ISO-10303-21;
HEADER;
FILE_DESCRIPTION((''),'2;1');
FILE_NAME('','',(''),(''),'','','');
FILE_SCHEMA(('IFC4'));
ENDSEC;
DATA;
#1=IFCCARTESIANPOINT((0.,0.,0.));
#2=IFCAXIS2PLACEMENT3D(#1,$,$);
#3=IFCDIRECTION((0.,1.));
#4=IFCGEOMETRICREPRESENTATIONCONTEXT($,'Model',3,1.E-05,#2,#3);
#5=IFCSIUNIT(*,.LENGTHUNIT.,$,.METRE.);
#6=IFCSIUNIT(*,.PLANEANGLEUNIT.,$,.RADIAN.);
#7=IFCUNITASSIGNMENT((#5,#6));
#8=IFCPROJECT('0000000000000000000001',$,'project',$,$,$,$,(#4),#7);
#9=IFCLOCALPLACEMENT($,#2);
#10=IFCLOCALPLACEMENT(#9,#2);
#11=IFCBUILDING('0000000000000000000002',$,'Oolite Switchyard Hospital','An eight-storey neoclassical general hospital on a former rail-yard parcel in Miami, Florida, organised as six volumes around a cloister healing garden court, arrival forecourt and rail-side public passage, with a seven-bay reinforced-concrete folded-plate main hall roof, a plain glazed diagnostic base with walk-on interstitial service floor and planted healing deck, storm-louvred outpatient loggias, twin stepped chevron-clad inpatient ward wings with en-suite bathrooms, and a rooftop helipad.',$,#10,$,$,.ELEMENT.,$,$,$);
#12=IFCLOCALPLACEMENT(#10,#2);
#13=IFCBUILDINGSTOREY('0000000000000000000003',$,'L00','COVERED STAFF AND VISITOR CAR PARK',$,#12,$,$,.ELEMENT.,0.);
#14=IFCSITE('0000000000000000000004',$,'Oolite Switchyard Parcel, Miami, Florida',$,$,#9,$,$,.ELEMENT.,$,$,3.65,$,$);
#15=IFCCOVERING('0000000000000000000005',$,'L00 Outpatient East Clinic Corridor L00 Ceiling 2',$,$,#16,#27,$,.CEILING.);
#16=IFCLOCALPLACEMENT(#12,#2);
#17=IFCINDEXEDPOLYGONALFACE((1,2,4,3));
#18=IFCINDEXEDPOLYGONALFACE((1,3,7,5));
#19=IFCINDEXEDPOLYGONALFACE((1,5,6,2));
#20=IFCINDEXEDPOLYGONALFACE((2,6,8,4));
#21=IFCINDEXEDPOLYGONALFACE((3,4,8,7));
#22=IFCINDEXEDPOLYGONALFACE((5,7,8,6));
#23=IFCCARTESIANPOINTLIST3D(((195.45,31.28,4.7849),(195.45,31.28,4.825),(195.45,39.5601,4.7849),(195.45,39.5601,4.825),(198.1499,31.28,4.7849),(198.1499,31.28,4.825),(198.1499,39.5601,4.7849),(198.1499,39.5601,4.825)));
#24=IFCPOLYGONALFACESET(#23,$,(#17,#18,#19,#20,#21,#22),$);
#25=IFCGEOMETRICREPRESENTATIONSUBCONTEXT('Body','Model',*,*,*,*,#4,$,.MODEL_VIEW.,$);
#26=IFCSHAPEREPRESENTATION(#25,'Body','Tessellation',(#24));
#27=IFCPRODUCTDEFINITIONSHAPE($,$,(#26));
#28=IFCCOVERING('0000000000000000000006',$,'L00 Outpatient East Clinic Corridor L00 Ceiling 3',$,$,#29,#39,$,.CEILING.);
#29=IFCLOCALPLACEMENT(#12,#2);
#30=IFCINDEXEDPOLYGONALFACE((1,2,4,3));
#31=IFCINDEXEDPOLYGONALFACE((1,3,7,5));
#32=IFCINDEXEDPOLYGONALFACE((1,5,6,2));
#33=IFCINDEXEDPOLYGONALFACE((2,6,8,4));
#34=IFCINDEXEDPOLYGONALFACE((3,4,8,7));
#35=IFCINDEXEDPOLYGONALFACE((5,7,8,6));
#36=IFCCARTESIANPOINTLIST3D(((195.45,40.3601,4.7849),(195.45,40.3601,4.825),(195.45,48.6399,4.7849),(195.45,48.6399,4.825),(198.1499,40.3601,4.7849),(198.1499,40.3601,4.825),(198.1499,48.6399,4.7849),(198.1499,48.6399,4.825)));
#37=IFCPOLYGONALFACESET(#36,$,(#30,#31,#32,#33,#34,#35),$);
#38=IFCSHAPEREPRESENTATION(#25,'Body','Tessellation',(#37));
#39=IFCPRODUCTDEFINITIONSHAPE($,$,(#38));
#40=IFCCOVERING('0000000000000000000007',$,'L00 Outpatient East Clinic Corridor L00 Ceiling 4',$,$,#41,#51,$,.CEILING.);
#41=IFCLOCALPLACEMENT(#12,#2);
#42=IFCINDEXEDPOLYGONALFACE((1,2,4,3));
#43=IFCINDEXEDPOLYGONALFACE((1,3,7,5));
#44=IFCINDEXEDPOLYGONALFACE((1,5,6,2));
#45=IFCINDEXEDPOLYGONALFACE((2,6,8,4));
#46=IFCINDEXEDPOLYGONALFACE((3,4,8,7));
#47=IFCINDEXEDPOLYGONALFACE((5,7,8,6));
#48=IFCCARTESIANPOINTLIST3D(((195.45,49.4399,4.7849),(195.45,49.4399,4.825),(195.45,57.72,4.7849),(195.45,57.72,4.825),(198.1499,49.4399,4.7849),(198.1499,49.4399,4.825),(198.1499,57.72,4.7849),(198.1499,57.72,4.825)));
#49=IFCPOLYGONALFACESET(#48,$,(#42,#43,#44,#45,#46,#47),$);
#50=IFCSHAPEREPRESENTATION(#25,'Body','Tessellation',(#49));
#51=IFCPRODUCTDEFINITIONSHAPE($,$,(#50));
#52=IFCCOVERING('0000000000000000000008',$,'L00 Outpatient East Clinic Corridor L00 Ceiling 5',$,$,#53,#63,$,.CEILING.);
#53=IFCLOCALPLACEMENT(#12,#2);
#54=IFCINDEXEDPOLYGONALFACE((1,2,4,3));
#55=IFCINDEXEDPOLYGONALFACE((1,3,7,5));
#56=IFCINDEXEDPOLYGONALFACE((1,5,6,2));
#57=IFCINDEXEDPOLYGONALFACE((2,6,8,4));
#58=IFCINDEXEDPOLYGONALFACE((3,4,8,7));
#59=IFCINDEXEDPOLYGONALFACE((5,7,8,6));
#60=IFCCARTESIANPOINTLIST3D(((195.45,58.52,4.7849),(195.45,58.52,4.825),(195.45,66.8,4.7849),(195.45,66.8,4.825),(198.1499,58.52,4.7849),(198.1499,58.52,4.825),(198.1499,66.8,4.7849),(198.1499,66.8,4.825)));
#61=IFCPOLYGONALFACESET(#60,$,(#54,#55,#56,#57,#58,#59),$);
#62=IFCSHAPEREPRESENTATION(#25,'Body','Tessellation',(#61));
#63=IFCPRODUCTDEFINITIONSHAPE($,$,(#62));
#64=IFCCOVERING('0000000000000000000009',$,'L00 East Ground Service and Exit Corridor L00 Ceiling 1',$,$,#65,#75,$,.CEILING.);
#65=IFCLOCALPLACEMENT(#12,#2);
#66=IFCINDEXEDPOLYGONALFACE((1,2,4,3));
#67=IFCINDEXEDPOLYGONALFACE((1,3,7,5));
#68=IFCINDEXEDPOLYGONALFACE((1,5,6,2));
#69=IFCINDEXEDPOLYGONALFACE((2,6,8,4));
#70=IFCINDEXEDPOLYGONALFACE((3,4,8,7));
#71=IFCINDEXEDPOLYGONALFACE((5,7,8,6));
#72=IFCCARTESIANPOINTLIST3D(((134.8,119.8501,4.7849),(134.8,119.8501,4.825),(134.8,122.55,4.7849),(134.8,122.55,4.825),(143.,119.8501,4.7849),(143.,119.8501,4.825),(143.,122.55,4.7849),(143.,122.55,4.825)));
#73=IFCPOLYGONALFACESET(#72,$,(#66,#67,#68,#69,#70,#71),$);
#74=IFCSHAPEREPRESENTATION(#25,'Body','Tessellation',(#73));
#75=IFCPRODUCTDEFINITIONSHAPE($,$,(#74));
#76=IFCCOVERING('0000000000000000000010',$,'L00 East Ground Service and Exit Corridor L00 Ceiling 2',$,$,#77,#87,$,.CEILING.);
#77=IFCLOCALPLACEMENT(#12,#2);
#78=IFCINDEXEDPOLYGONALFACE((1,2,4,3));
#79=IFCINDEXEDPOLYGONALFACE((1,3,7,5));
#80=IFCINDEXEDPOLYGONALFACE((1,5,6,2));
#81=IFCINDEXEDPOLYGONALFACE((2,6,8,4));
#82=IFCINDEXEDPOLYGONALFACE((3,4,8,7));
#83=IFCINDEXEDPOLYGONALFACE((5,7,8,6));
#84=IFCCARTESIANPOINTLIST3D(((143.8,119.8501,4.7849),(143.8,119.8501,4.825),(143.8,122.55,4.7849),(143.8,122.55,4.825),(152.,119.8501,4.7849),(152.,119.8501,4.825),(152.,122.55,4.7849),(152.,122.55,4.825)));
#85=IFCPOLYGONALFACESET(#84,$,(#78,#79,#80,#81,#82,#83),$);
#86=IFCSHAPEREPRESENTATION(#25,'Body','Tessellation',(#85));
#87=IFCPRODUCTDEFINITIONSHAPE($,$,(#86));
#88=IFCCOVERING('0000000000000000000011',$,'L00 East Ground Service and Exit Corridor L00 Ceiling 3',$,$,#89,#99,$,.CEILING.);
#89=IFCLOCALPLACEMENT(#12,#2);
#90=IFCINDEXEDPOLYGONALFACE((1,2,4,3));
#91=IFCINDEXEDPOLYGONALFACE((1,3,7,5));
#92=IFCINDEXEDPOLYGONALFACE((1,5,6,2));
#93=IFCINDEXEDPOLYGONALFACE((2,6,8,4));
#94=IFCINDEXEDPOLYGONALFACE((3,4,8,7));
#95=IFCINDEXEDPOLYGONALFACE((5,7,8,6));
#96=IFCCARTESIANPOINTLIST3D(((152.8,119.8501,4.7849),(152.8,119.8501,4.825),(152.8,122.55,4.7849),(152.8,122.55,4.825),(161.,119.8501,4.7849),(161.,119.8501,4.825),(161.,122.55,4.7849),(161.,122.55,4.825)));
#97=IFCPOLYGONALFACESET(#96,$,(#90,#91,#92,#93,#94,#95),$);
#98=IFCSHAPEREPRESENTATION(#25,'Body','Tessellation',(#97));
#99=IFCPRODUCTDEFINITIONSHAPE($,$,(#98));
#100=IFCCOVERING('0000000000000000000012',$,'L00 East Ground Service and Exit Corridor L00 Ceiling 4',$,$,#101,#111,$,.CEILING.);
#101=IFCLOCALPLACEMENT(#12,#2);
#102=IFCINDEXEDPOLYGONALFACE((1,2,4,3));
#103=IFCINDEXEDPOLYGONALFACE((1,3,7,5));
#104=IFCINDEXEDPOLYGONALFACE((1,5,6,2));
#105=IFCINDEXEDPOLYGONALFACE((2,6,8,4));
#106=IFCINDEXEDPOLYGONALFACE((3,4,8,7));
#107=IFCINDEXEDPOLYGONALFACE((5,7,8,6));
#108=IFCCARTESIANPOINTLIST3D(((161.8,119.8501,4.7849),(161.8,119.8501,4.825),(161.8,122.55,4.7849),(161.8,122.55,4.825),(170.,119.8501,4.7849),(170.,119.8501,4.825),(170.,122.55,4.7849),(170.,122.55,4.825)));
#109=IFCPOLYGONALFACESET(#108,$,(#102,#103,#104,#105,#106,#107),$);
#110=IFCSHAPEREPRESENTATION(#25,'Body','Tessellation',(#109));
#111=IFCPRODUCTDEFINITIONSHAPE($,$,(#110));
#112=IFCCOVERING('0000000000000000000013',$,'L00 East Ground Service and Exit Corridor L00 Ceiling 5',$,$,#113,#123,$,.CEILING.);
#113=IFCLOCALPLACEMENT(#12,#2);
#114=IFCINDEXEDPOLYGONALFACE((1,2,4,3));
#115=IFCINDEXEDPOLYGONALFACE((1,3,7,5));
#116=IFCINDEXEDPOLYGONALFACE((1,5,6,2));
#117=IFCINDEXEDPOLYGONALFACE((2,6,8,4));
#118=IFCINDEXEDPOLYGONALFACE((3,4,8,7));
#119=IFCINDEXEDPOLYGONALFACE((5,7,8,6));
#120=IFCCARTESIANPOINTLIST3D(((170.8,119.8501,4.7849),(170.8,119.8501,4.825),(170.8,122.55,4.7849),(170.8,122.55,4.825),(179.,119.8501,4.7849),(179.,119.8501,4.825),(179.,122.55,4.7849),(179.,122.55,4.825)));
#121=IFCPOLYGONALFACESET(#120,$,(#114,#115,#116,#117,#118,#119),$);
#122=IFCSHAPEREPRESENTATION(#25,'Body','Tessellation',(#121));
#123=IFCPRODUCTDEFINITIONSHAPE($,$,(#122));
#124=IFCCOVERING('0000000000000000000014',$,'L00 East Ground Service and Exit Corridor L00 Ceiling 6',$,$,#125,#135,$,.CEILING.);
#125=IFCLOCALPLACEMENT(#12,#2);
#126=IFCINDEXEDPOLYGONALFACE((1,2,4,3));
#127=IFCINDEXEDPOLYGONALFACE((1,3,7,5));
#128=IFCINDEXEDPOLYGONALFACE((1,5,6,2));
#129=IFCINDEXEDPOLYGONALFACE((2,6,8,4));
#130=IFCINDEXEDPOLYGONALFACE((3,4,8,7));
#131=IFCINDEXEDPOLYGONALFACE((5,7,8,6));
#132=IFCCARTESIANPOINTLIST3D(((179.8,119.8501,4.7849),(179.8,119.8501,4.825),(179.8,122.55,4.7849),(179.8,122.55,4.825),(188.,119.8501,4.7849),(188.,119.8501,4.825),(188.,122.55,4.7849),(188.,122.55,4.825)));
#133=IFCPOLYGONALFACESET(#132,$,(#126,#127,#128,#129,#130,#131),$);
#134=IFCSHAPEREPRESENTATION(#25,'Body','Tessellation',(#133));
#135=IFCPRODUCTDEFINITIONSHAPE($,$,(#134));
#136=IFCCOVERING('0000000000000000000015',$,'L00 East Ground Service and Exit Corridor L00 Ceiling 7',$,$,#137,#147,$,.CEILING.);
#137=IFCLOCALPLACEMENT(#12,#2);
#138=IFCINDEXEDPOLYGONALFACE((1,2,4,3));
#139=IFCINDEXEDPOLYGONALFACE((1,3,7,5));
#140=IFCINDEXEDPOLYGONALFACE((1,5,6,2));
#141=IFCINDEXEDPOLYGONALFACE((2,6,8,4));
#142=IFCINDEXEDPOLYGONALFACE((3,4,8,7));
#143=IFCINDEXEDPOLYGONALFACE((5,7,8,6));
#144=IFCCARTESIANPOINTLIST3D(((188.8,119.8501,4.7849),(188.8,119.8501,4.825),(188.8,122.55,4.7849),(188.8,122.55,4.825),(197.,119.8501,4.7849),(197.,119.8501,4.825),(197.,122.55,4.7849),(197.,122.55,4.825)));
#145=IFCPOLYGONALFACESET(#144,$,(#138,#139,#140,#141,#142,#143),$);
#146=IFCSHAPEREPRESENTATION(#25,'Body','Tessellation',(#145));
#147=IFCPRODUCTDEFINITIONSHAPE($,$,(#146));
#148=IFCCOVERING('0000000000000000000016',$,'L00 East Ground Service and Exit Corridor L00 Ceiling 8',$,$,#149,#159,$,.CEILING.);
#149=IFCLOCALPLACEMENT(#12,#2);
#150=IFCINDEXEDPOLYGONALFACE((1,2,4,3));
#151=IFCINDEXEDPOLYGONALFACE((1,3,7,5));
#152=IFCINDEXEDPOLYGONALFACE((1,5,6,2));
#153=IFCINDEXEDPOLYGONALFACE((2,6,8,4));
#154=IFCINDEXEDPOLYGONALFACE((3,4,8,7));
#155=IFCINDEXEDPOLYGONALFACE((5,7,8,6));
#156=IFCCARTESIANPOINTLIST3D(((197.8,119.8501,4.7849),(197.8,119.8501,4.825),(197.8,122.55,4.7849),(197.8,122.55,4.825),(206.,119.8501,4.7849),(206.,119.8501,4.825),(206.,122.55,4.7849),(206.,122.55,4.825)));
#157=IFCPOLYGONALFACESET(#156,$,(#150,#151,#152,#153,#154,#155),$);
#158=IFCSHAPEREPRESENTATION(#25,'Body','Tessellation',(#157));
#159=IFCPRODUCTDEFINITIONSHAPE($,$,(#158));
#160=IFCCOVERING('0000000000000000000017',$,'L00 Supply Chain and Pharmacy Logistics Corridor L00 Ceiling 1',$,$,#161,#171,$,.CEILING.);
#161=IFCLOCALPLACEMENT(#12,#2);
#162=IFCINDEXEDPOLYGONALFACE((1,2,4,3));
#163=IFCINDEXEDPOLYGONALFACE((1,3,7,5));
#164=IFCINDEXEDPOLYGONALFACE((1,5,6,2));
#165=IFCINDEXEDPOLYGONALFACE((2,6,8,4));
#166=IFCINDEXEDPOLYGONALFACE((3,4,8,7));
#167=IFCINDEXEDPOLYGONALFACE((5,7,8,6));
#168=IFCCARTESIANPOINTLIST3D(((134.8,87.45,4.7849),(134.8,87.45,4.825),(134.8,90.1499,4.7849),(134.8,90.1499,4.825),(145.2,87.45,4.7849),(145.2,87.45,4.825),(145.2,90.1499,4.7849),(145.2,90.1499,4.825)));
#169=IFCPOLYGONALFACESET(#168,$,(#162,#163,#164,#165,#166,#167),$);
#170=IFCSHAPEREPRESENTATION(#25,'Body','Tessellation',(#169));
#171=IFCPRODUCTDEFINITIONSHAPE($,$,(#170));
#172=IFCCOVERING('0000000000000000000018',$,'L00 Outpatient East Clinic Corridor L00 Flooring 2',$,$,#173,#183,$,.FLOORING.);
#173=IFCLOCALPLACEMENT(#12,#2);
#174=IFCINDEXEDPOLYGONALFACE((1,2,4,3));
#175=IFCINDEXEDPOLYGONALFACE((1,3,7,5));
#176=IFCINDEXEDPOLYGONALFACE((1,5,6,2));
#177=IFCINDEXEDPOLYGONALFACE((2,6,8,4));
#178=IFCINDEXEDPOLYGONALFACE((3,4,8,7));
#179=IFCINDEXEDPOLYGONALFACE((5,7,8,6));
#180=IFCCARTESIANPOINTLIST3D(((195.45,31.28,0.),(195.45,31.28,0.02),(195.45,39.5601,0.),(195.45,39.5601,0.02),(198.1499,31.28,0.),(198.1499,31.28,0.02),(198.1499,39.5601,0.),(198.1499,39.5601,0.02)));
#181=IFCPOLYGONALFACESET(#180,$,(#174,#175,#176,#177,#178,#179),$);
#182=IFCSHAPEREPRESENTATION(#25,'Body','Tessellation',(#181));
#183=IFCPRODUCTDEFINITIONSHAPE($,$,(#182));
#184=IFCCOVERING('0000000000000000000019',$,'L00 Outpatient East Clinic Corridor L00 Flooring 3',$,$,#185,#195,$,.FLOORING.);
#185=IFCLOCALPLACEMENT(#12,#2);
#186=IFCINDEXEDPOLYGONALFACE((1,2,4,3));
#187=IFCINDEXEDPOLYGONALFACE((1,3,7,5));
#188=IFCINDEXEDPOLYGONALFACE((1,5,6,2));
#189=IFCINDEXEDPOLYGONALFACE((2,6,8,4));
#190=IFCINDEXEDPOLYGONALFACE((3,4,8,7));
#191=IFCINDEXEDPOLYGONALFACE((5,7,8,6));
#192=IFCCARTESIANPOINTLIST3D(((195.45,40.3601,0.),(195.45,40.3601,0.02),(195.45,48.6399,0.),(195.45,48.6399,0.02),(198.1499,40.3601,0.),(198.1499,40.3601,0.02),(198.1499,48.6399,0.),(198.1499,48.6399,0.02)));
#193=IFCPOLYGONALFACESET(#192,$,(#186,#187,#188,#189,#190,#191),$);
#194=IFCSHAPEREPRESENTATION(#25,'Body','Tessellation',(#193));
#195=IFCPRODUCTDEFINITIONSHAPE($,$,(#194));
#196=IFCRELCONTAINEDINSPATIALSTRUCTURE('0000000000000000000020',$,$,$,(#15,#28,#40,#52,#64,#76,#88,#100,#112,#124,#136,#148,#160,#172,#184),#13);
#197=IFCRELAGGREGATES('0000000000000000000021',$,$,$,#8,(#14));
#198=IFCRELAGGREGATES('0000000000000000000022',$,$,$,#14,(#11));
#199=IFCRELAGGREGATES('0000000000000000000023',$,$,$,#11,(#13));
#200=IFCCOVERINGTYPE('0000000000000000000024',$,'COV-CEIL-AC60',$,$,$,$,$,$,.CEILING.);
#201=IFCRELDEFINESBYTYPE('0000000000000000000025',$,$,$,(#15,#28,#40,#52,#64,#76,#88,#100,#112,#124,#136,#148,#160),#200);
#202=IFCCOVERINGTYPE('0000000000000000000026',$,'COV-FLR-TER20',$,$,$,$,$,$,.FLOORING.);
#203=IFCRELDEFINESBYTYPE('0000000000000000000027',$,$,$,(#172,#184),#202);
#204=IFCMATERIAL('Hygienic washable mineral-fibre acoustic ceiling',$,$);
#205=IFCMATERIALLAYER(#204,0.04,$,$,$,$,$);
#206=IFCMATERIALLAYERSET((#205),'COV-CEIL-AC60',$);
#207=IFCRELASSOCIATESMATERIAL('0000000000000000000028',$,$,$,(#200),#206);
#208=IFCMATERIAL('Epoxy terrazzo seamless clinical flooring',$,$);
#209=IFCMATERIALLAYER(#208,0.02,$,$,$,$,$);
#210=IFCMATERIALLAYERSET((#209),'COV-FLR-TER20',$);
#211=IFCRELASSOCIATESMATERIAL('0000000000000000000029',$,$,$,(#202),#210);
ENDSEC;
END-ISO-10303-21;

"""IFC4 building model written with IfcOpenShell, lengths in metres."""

from ifc_helpers import new_model, si_unit, direction, frame, origin, place, context, subcontext, project, spatial, polyline, outline, extrude, material, layer, layer_set, type_object, element, save


model = new_model("IFC4")

# Units and contexts
model_context = context("Model", 3, precision=1e-05, world=origin(), true_north=direction((0.0, 1.0)))
body_context = subcontext(model_context, "Body", "Model", "MODEL_VIEW")
ifc_project = project(units=[si_unit("LENGTHUNIT", "METRE"), si_unit("PLANEANGLEUNIT", "RADIAN")], contexts=[model_context])

# Site, building, storey
site_placement = place(None, origin())
site = spatial("IfcSite", under=ifc_project, at=site_placement, Name="Oolite Switchyard Parcel, Miami, Florida", CompositionType="ELEMENT", RefElevation=3.65)
building_placement = place(site_placement, origin())
building = spatial("IfcBuilding", under=site, at=building_placement, Name="Oolite Switchyard Hospital", Description="An eight-storey neoclassical general hospital on a former rail-yard parcel in Miami, Florida, organised as six volumes around a cloister healing garden court, arrival forecourt and rail-side public passage, with a seven-bay reinforced-concrete folded-plate main hall roof, a plain glazed diagnostic base with walk-on interstitial service floor and planted healing deck, storm-louvred outpatient loggias, twin stepped chevron-clad inpatient ward wings with en-suite bathrooms, and a rooftop helipad.", CompositionType="ELEMENT")
storey_placement = place(building_placement, origin())
storey = spatial("IfcBuildingStorey", under=building, at=storey_placement, Name="L00", Description="COVERED STAFF AND VISITOR CAR PARK", CompositionType="ELEMENT", Elevation=0.0)

# Coverings
ifc_material_1 = material(Name="Hygienic washable mineral-fibre acoustic ceiling")
ifc_layer_1 = layer(ifc_material_1, 0.04)
ifc_layer_set_1 = layer_set([ifc_layer_1], Name="COV-CEIL-AC60")
covering_type_1 = type_object("IfcCoveringType", Name="COV-CEIL-AC60", PredefinedType="CEILING", material=ifc_layer_set_1)
covering_1_placement = place(storey_placement, frame((0.0, 0.0, 4.7849)))
element("IfcCovering", 1, at=covering_1_placement, inside=storey, type_object=covering_type_1, Name="L00 Outpatient East Clinic Corridor L00 Ceiling 2", PredefinedType="CEILING", context=body_context, shape_type="SweptSolid", body=[
    extrude(outline(polyline([(195.45, 31.28), (198.1499, 31.28), (198.1499, 39.5601), (195.45, 39.5601), (195.45, 31.28)])), origin(), (0.0, 0.0, 1.0), 0.04),
])
covering_2_placement = place(storey_placement, frame((0.0, 0.0, 4.7849)))
element("IfcCovering", 2, at=covering_2_placement, inside=storey, type_object=covering_type_1, Name="L00 Outpatient East Clinic Corridor L00 Ceiling 3", PredefinedType="CEILING", context=body_context, shape_type="SweptSolid", body=[
    extrude(outline(polyline([(195.45, 40.3601), (198.1499, 40.3601), (198.1499, 48.6399), (195.45, 48.6399), (195.45, 40.3601)])), origin(), (0.0, 0.0, 1.0), 0.04),
])
covering_3_placement = place(storey_placement, frame((0.0, 0.0, 4.7849)))
element("IfcCovering", 3, at=covering_3_placement, inside=storey, type_object=covering_type_1, Name="L00 Outpatient East Clinic Corridor L00 Ceiling 4", PredefinedType="CEILING", context=body_context, shape_type="SweptSolid", body=[
    extrude(outline(polyline([(195.45, 49.4399), (198.1499, 49.4399), (198.1499, 57.72), (195.45, 57.72), (195.45, 49.4399)])), origin(), (0.0, 0.0, 1.0), 0.04),
])
covering_4_placement = place(storey_placement, frame((0.0, 0.0, 4.7849)))
element("IfcCovering", 4, at=covering_4_placement, inside=storey, type_object=covering_type_1, Name="L00 Outpatient East Clinic Corridor L00 Ceiling 5", PredefinedType="CEILING", context=body_context, shape_type="SweptSolid", body=[
    extrude(outline(polyline([(195.45, 58.52), (198.1499, 58.52), (198.1499, 66.8), (195.45, 66.8), (195.45, 58.52)])), origin(), (0.0, 0.0, 1.0), 0.04),
])
covering_5_placement = place(storey_placement, frame((0.0, 0.0, 4.7849)))
element("IfcCovering", 5, at=covering_5_placement, inside=storey, type_object=covering_type_1, Name="L00 East Ground Service and Exit Corridor L00 Ceiling 1", PredefinedType="CEILING", context=body_context, shape_type="SweptSolid", body=[
    extrude(outline(polyline([(134.8, 119.8501), (143.0, 119.8501), (143.0, 122.55), (134.8, 122.55), (134.8, 119.8501)])), origin(), (0.0, 0.0, 1.0), 0.04),
])
covering_6_placement = place(storey_placement, frame((0.0, 0.0, 4.7849)))
element("IfcCovering", 6, at=covering_6_placement, inside=storey, type_object=covering_type_1, Name="L00 East Ground Service and Exit Corridor L00 Ceiling 2", PredefinedType="CEILING", context=body_context, shape_type="SweptSolid", body=[
    extrude(outline(polyline([(143.8, 119.8501), (152.0, 119.8501), (152.0, 122.55), (143.8, 122.55), (143.8, 119.8501)])), origin(), (0.0, 0.0, 1.0), 0.04),
])
covering_7_placement = place(storey_placement, frame((0.0, 0.0, 4.7849)))
element("IfcCovering", 7, at=covering_7_placement, inside=storey, type_object=covering_type_1, Name="L00 East Ground Service and Exit Corridor L00 Ceiling 3", PredefinedType="CEILING", context=body_context, shape_type="SweptSolid", body=[
    extrude(outline(polyline([(152.8, 119.8501), (161.0, 119.8501), (161.0, 122.55), (152.8, 122.55), (152.8, 119.8501)])), origin(), (0.0, 0.0, 1.0), 0.04),
])
covering_8_placement = place(storey_placement, frame((0.0, 0.0, 4.7849)))
element("IfcCovering", 8, at=covering_8_placement, inside=storey, type_object=covering_type_1, Name="L00 East Ground Service and Exit Corridor L00 Ceiling 4", PredefinedType="CEILING", context=body_context, shape_type="SweptSolid", body=[
    extrude(outline(polyline([(161.8, 119.8501), (170.0, 119.8501), (170.0, 122.55), (161.8, 122.55), (161.8, 119.8501)])), origin(), (0.0, 0.0, 1.0), 0.04),
])
covering_9_placement = place(storey_placement, frame((0.0, 0.0, 4.7849)))
element("IfcCovering", 9, at=covering_9_placement, inside=storey, type_object=covering_type_1, Name="L00 East Ground Service and Exit Corridor L00 Ceiling 5", PredefinedType="CEILING", context=body_context, shape_type="SweptSolid", body=[
    extrude(outline(polyline([(170.8, 119.8501), (179.0, 119.8501), (179.0, 122.55), (170.8, 122.55), (170.8, 119.8501)])), origin(), (0.0, 0.0, 1.0), 0.04),
])
covering_10_placement = place(storey_placement, frame((0.0, 0.0, 4.7849)))
element("IfcCovering", 10, at=covering_10_placement, inside=storey, type_object=covering_type_1, Name="L00 East Ground Service and Exit Corridor L00 Ceiling 6", PredefinedType="CEILING", context=body_context, shape_type="SweptSolid", body=[
    extrude(outline(polyline([(179.8, 119.8501), (188.0, 119.8501), (188.0, 122.55), (179.8, 122.55), (179.8, 119.8501)])), origin(), (0.0, 0.0, 1.0), 0.04),
])
covering_11_placement = place(storey_placement, frame((0.0, 0.0, 4.7849)))
element("IfcCovering", 11, at=covering_11_placement, inside=storey, type_object=covering_type_1, Name="L00 East Ground Service and Exit Corridor L00 Ceiling 7", PredefinedType="CEILING", context=body_context, shape_type="SweptSolid", body=[
    extrude(outline(polyline([(188.8, 119.8501), (197.0, 119.8501), (197.0, 122.55), (188.8, 122.55), (188.8, 119.8501)])), origin(), (0.0, 0.0, 1.0), 0.04),
])
covering_12_placement = place(storey_placement, frame((0.0, 0.0, 4.7849)))
element("IfcCovering", 12, at=covering_12_placement, inside=storey, type_object=covering_type_1, Name="L00 East Ground Service and Exit Corridor L00 Ceiling 8", PredefinedType="CEILING", context=body_context, shape_type="SweptSolid", body=[
    extrude(outline(polyline([(197.8, 119.8501), (206.0, 119.8501), (206.0, 122.55), (197.8, 122.55), (197.8, 119.8501)])), origin(), (0.0, 0.0, 1.0), 0.04),
])
covering_13_placement = place(storey_placement, frame((0.0, 0.0, 4.7849)))
element("IfcCovering", 13, at=covering_13_placement, inside=storey, type_object=covering_type_1, Name="L00 Supply Chain and Pharmacy Logistics Corridor L00 Ceiling 1", PredefinedType="CEILING", context=body_context, shape_type="SweptSolid", body=[
    extrude(outline(polyline([(134.8, 87.45), (145.2, 87.45), (145.2, 90.1499), (134.8, 90.1499), (134.8, 87.45)])), origin(), (0.0, 0.0, 1.0), 0.04),
])
ifc_material_2 = material(Name="Epoxy terrazzo seamless clinical flooring")
ifc_layer_2 = layer(ifc_material_2, 0.02)
ifc_layer_set_2 = layer_set([ifc_layer_2], Name="COV-FLR-TER20")
covering_type_2 = type_object("IfcCoveringType", Name="COV-FLR-TER20", PredefinedType="FLOORING", material=ifc_layer_set_2)
covering_14_placement = place(storey_placement, origin())
element("IfcCovering", 14, at=covering_14_placement, inside=storey, type_object=covering_type_2, Name="L00 Outpatient East Clinic Corridor L00 Flooring 2", PredefinedType="FLOORING", context=body_context, shape_type="SweptSolid", body=[
    extrude(outline(polyline([(195.45, 31.28), (198.1499, 31.28), (198.1499, 39.5601), (195.45, 39.5601), (195.45, 31.28)])), origin(), (0.0, 0.0, 1.0), 0.02),
])
covering_15_placement = place(storey_placement, origin())
element("IfcCovering", 15, at=covering_15_placement, inside=storey, type_object=covering_type_2, Name="L00 Outpatient East Clinic Corridor L00 Flooring 3", PredefinedType="FLOORING", context=body_context, shape_type="SweptSolid", body=[
    extrude(outline(polyline([(195.45, 40.3601), (198.1499, 40.3601), (198.1499, 48.6399), (195.45, 48.6399), (195.45, 40.3601)])), origin(), (0.0, 0.0, 1.0), 0.02),
])

save(model, "model.ifc")
